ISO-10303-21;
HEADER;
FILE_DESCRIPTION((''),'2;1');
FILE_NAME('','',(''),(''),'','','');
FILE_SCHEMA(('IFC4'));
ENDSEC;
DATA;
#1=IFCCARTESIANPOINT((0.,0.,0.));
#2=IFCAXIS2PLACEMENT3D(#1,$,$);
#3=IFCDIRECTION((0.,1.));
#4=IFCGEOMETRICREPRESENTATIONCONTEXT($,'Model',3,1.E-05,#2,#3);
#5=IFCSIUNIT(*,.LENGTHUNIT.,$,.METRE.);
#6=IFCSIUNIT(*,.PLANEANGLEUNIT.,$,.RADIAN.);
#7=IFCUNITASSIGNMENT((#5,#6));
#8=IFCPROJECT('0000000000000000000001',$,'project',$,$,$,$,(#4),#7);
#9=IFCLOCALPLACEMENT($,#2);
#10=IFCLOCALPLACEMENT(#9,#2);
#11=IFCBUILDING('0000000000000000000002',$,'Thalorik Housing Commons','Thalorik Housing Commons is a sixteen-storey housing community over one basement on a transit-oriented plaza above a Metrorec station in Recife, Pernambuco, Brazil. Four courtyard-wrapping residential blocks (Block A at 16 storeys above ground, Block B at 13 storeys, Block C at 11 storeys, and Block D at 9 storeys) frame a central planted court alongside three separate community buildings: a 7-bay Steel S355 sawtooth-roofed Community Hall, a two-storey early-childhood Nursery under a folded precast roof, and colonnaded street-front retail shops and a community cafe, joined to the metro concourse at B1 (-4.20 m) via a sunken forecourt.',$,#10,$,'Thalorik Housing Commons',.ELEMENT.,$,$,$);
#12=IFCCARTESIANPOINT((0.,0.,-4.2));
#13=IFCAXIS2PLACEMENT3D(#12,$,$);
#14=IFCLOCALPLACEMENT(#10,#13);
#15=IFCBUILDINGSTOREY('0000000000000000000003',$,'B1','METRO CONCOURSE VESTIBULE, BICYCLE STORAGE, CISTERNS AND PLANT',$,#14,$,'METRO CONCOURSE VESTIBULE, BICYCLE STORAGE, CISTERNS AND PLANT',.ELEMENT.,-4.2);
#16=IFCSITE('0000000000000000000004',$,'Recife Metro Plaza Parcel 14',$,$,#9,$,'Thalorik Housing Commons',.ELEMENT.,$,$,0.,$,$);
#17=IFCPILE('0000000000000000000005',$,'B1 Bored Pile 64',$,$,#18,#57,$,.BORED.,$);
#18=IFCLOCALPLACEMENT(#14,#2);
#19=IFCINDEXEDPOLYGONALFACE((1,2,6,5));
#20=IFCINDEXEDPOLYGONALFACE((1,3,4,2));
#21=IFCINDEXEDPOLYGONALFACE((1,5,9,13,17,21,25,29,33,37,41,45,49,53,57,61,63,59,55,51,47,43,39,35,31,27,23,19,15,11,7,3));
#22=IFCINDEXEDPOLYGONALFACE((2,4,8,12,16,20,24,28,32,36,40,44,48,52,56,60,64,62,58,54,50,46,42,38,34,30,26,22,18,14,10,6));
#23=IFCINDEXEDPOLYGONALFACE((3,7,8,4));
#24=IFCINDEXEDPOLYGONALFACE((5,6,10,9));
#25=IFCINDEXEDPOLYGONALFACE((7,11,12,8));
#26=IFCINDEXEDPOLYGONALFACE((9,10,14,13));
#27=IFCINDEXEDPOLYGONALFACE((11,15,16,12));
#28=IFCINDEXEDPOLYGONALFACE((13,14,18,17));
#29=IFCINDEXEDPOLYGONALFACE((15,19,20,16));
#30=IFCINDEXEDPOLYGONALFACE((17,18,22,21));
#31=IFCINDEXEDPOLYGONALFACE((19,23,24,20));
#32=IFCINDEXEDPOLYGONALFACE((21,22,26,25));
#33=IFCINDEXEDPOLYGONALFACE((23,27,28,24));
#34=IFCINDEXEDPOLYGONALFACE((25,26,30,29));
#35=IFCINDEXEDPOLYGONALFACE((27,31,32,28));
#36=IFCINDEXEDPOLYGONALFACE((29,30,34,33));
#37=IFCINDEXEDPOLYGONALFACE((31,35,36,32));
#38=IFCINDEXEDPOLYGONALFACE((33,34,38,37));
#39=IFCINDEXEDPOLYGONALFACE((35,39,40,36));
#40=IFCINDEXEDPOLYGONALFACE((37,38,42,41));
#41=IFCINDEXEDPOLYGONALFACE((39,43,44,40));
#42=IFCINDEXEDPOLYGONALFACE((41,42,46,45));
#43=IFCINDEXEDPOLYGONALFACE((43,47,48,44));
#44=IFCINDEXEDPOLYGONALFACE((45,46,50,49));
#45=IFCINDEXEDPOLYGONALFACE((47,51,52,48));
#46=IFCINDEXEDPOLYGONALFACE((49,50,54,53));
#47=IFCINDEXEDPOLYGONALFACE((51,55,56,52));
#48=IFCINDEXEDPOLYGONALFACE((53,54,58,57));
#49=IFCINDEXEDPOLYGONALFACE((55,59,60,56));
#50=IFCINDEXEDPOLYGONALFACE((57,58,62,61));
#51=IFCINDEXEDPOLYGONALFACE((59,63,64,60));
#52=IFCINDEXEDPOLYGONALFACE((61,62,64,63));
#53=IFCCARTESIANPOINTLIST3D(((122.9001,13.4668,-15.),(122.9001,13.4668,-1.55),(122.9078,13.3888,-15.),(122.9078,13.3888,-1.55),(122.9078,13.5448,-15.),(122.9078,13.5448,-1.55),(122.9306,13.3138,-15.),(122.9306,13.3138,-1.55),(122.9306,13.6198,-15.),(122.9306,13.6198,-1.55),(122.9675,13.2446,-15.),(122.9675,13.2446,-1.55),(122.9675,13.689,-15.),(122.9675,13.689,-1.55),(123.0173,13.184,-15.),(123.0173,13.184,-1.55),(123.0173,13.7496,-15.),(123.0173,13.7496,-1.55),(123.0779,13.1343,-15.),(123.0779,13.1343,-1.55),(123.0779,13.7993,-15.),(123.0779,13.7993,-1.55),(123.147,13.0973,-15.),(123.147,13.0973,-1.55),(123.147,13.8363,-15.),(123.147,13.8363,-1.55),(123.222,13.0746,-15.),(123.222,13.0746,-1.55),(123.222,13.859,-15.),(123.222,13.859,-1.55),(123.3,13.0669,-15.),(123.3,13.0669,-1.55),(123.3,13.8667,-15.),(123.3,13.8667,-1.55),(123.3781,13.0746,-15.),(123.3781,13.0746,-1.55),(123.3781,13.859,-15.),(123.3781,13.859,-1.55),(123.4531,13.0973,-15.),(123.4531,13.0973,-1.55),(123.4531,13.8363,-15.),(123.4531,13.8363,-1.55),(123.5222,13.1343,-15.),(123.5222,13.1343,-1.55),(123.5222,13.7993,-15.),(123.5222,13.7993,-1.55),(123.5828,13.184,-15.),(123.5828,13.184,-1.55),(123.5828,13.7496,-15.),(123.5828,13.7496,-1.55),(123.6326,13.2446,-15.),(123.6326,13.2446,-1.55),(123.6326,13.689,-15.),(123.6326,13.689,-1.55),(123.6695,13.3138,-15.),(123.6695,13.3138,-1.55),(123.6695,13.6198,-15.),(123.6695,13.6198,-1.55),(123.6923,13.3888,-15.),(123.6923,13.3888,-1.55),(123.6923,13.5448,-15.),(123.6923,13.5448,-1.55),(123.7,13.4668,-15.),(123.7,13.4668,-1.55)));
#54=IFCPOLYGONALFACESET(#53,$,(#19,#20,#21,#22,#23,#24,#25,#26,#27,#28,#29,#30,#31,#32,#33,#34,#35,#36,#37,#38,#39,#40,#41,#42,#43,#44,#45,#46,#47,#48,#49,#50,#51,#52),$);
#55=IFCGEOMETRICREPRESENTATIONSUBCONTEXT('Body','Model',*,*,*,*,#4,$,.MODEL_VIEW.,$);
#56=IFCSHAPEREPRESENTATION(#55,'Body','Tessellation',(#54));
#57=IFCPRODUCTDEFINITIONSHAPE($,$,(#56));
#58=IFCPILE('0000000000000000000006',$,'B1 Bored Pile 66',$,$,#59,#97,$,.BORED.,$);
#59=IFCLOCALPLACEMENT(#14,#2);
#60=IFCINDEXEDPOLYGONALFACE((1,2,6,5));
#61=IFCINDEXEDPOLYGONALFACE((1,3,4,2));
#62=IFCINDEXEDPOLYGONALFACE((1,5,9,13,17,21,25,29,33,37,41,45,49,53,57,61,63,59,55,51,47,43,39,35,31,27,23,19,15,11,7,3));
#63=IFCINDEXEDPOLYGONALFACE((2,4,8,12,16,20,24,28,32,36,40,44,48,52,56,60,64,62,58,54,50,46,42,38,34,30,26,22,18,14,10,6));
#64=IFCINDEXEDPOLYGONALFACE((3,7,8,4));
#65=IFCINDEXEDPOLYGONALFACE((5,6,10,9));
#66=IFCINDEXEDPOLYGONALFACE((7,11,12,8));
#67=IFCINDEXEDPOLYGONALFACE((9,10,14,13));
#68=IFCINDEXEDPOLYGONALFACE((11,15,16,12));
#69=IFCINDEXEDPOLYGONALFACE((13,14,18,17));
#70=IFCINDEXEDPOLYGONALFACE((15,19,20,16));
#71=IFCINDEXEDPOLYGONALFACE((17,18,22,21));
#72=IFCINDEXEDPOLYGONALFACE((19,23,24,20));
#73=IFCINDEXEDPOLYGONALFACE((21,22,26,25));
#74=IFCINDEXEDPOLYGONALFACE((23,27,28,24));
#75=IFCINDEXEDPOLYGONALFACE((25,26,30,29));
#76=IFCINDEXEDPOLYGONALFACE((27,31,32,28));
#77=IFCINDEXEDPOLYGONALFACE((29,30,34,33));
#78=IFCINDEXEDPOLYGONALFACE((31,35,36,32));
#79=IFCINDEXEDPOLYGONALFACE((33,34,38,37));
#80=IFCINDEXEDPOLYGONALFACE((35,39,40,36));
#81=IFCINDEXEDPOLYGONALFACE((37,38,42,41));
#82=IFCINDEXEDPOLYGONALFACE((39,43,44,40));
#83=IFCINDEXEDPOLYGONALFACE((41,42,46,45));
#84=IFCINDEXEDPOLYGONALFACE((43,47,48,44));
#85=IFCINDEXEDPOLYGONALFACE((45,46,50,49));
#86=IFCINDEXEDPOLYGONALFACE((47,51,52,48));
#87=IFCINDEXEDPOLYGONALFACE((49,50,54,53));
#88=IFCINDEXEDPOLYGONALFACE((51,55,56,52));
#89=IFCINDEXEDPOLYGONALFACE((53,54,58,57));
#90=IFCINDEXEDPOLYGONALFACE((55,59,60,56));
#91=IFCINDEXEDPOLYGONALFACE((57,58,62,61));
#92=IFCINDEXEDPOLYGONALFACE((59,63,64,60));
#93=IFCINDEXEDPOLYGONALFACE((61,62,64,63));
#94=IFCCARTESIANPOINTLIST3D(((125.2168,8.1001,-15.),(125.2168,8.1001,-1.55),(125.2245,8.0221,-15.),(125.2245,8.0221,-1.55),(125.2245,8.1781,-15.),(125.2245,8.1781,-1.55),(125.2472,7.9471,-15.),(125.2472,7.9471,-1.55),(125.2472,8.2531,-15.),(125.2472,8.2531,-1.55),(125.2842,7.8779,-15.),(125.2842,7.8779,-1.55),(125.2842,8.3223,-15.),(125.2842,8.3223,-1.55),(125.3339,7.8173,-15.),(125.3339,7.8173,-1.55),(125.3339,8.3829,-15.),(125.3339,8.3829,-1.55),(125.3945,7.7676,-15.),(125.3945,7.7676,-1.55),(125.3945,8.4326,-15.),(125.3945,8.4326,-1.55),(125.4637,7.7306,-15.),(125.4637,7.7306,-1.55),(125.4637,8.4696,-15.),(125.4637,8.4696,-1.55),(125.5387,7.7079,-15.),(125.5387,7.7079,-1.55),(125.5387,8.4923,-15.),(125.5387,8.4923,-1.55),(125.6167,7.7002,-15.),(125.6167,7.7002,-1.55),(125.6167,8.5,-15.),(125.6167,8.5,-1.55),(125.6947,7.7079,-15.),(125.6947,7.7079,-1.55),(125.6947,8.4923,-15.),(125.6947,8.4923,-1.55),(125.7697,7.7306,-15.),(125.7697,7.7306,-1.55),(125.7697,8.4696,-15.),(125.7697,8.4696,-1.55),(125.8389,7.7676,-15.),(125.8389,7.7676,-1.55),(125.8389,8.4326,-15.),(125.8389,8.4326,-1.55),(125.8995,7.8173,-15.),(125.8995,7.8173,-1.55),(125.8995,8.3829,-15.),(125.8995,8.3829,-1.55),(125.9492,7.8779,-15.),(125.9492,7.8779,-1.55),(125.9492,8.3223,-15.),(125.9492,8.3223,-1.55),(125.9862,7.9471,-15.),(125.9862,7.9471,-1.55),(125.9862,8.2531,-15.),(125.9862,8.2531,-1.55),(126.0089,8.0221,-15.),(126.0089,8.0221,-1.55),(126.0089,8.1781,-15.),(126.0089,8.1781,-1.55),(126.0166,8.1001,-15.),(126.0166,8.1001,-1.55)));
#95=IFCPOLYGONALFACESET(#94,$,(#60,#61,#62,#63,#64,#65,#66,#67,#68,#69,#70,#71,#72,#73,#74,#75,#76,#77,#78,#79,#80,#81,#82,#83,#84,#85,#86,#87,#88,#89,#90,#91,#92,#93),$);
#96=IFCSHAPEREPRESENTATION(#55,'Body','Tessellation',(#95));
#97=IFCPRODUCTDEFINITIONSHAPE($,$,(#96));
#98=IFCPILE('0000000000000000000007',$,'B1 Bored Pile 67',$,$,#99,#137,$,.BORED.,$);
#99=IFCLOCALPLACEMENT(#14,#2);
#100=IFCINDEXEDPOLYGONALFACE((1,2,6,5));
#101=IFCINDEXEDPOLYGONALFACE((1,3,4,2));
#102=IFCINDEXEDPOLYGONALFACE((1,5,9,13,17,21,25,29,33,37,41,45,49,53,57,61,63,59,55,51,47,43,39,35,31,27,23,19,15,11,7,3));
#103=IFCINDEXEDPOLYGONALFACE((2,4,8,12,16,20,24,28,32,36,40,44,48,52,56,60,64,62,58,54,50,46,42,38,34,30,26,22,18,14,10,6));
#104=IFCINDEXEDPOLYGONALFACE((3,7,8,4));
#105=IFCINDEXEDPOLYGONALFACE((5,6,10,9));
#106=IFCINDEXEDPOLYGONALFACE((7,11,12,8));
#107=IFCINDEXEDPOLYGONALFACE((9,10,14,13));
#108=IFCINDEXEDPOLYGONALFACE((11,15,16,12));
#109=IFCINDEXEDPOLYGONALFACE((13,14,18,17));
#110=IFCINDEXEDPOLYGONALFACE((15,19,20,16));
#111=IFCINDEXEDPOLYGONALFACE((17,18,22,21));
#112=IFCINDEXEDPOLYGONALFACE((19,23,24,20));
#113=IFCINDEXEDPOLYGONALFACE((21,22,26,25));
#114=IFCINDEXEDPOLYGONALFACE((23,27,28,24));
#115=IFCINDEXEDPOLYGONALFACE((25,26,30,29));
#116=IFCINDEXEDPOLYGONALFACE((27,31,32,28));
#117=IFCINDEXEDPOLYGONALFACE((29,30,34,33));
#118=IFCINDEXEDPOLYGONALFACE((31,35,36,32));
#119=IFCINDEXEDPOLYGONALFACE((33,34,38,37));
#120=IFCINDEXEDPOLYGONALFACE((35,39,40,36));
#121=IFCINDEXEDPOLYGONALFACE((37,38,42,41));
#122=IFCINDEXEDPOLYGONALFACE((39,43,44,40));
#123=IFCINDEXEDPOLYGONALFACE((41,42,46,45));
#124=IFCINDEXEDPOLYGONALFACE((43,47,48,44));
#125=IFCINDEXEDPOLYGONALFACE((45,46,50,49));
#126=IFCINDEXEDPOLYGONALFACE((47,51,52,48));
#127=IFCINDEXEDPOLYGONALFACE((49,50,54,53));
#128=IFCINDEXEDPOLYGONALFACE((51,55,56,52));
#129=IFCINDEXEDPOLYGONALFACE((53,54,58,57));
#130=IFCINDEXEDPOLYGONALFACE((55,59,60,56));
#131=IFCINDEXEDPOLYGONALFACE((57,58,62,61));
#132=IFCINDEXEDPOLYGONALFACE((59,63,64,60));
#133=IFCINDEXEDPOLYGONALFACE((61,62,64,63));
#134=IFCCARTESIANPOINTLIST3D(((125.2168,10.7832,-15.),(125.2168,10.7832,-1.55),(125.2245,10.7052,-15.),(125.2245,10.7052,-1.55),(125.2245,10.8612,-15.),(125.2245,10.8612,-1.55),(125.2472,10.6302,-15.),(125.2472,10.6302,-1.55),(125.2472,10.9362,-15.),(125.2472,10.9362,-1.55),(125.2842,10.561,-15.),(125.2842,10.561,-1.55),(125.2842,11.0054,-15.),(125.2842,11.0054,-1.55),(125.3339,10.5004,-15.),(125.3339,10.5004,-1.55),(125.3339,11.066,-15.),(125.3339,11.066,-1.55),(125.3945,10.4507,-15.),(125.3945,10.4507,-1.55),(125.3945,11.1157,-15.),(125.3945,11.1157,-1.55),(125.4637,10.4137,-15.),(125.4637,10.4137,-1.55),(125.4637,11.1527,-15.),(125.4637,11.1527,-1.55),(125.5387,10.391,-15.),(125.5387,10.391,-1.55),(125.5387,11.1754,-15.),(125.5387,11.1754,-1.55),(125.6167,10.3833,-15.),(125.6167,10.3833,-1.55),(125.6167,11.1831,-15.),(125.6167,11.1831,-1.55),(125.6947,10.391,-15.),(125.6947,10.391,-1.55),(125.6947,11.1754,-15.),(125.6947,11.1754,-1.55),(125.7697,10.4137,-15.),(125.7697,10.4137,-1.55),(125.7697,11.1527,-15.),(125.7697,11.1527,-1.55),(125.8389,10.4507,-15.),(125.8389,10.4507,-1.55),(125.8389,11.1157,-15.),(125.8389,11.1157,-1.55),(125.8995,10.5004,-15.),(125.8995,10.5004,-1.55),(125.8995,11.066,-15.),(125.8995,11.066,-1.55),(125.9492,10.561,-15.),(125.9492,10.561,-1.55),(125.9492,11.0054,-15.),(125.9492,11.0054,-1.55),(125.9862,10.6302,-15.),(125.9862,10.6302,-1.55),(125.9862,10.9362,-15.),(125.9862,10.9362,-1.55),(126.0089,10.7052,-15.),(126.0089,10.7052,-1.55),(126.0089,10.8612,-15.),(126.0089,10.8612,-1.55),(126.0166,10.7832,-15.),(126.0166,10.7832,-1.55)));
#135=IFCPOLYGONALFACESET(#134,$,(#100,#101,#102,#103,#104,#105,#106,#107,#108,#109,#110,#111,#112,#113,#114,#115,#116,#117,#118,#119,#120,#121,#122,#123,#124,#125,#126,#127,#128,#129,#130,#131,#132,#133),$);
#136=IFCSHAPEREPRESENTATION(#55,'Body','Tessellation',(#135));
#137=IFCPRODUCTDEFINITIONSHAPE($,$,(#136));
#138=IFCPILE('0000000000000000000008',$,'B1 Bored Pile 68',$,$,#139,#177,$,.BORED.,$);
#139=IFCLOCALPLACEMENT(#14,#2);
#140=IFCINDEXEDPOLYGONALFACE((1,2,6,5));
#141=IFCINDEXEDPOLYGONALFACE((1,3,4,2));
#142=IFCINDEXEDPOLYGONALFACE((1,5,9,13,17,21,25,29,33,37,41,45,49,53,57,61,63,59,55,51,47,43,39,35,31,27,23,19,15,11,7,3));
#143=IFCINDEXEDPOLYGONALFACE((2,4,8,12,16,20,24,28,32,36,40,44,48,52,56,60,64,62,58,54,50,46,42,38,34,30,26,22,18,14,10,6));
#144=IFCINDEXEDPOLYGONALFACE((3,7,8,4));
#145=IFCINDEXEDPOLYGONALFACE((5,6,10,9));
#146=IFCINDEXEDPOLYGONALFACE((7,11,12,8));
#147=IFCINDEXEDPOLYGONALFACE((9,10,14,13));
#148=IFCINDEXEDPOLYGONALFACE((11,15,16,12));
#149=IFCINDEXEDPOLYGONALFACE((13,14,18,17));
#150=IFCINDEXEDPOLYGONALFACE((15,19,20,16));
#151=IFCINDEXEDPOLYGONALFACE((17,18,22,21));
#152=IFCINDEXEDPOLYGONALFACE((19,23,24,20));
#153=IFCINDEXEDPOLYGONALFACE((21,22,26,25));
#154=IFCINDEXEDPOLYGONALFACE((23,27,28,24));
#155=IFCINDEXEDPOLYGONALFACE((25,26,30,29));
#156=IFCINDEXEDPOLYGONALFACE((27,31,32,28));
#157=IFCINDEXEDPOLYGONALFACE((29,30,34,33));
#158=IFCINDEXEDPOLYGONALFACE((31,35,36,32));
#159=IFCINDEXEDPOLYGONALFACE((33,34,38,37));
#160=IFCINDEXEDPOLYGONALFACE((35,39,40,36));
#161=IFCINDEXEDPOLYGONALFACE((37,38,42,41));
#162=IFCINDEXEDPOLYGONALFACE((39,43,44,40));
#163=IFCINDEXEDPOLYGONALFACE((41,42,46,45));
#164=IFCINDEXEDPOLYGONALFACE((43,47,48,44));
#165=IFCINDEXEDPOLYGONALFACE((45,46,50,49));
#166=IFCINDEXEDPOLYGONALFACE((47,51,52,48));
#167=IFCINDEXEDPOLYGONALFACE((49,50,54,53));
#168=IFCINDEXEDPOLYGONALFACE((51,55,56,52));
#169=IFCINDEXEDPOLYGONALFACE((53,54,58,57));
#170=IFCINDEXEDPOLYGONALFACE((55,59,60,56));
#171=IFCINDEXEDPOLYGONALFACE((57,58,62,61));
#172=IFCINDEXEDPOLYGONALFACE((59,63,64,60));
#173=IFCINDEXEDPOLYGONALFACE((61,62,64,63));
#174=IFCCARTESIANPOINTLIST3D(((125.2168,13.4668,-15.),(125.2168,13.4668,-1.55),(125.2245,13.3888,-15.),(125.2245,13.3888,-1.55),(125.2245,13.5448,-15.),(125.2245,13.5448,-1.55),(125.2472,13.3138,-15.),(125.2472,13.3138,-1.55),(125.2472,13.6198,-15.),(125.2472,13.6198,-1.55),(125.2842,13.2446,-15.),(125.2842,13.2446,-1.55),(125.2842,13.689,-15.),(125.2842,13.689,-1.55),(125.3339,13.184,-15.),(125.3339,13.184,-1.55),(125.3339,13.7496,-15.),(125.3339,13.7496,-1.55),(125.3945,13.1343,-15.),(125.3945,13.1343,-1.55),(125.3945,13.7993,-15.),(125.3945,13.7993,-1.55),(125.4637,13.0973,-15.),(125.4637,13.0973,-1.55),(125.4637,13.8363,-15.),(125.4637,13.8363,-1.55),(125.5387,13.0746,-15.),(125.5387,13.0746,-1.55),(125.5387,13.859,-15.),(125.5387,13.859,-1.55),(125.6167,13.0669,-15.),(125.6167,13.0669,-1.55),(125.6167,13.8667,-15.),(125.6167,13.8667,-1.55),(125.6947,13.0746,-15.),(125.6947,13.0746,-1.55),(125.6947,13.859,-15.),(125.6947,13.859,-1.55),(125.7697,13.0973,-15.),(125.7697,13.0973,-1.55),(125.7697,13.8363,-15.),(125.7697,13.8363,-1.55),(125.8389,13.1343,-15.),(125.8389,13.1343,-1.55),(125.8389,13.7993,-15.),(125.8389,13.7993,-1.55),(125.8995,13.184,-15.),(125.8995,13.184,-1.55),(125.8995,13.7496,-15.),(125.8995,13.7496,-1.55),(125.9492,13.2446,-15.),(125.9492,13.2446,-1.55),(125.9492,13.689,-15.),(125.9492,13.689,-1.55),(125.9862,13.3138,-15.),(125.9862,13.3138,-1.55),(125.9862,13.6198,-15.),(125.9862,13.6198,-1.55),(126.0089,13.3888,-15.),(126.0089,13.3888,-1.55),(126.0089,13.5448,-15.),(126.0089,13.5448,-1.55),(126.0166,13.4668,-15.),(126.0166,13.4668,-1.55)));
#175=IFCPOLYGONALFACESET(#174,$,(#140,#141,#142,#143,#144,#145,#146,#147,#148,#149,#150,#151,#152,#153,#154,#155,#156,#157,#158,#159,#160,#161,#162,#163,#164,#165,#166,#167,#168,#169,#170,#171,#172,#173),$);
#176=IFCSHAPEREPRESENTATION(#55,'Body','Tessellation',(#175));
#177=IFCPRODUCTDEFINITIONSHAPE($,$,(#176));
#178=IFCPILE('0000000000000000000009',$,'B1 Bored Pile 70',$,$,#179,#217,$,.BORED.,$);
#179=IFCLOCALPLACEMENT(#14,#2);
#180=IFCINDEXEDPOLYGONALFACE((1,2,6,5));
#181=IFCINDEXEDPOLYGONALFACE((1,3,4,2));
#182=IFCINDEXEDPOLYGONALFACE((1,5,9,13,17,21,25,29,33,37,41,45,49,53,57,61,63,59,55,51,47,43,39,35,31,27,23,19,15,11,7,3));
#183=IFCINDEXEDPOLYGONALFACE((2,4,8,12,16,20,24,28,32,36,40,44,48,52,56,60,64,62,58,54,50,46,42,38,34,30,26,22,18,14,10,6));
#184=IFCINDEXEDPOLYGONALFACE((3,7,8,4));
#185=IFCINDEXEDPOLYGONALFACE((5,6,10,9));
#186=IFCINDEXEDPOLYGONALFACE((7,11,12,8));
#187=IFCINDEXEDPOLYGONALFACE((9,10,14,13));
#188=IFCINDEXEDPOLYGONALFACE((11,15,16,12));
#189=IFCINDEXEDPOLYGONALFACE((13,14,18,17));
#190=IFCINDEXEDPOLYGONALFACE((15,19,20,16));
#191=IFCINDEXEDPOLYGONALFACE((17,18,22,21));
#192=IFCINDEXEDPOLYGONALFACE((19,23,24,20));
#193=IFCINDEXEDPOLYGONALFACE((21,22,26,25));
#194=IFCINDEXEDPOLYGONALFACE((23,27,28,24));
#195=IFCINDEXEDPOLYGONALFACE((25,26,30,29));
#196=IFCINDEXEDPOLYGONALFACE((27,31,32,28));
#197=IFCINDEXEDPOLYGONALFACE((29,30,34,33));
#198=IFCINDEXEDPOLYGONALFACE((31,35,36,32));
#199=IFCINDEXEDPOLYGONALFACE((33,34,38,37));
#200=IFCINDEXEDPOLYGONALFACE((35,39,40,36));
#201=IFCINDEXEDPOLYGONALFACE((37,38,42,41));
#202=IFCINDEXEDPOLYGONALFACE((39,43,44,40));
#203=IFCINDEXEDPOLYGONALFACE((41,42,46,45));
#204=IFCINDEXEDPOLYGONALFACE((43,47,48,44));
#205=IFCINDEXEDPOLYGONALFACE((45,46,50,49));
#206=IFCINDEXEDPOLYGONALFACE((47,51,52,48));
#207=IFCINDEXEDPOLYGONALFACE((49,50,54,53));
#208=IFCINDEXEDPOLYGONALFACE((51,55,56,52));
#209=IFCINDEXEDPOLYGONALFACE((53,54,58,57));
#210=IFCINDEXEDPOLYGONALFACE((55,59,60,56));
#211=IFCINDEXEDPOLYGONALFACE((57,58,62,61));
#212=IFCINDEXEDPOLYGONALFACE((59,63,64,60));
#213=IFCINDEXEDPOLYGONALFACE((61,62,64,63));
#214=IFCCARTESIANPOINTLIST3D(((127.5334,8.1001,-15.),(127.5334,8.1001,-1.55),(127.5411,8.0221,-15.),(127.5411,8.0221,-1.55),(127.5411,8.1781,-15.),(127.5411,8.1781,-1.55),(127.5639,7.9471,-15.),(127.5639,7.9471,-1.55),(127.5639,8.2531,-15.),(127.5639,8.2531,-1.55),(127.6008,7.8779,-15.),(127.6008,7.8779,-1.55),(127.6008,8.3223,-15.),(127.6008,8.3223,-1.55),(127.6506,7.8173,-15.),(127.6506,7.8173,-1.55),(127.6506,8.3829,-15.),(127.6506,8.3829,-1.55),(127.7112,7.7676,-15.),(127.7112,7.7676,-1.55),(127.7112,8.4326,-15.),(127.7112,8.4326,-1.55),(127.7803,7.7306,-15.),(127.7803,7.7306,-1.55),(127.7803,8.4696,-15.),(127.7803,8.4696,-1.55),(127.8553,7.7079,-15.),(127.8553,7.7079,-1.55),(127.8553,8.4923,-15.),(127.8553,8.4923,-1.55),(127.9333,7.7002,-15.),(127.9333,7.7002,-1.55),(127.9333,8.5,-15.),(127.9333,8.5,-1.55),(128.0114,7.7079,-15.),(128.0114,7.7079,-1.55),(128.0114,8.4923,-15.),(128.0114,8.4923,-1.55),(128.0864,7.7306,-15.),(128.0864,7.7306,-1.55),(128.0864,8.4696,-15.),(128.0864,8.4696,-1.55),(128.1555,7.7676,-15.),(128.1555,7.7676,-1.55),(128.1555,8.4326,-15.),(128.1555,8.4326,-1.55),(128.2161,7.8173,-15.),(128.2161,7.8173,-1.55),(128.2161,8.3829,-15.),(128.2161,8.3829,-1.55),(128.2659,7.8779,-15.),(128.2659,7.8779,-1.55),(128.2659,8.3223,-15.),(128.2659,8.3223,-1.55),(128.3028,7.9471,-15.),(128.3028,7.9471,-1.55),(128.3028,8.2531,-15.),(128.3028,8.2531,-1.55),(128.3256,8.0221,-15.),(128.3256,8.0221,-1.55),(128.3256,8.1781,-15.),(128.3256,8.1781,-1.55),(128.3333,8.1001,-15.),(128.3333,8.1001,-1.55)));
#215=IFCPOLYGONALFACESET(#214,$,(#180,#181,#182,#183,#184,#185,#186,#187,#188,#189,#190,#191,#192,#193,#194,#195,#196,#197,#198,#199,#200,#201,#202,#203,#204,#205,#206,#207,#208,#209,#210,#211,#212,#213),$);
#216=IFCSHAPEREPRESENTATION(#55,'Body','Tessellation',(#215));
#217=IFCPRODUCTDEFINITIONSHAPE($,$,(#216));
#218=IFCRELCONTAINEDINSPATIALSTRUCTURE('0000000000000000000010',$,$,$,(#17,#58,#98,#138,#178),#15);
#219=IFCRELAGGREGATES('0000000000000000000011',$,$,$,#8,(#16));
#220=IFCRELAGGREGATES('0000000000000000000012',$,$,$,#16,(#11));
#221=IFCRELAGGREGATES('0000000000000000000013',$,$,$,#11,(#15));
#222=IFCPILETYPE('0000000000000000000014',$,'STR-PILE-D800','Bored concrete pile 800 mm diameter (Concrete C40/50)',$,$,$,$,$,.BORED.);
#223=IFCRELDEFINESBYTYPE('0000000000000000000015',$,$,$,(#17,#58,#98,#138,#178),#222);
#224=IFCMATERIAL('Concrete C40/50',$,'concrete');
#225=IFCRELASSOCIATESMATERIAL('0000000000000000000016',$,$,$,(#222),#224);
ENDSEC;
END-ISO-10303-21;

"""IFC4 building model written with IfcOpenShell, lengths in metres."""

from ifc_helpers import new_model, si_unit, direction, frame, origin, origin_2d, place, context, subcontext, project, spatial, circle, extrude, material, material_profile, profile_set, type_object, element, save


model = new_model("IFC4")

# Units and contexts
model_context = context("Model", 3, precision=1e-05, world=origin(), true_north=direction((0.0, 1.0)))
body_context = subcontext(model_context, "Body", "Model", "MODEL_VIEW")
ifc_project = project(units=[si_unit("LENGTHUNIT", "METRE"), si_unit("PLANEANGLEUNIT", "RADIAN")], contexts=[model_context])

# Site, building, storey
site_placement = place(None, origin())
site = spatial("IfcSite", under=ifc_project, at=site_placement, Name="Recife Metro Plaza Parcel 14", LongName="Thalorik Housing Commons", CompositionType="ELEMENT", RefElevation=0.0)
building_placement = place(site_placement, origin())
building = spatial("IfcBuilding", under=site, at=building_placement, Name="Thalorik Housing Commons", Description="Thalorik Housing Commons is a sixteen-storey housing community over one basement on a transit-oriented plaza above a Metrorec station in Recife, Pernambuco, Brazil. Four courtyard-wrapping residential blocks (Block A at 16 storeys above ground, Block B at 13 storeys, Block C at 11 storeys, and Block D at 9 storeys) frame a central planted court alongside three separate community buildings: a 7-bay Steel S355 sawtooth-roofed Community Hall, a two-storey early-childhood Nursery under a folded precast roof, and colonnaded street-front retail shops and a community cafe, joined to the metro concourse at B1 (-4.20 m) via a sunken forecourt.", LongName="Thalorik Housing Commons", CompositionType="ELEMENT")
storey_placement = place(building_placement, frame((0.0, 0.0, -4.2)))
storey = spatial("IfcBuildingStorey", under=building, at=storey_placement, Name="B1", Description="METRO CONCOURSE VESTIBULE, BICYCLE STORAGE, CISTERNS AND PLANT", LongName="METRO CONCOURSE VESTIBULE, BICYCLE STORAGE, CISTERNS AND PLANT", CompositionType="ELEMENT", Elevation=-4.2)

# Shared definitions
ifc_material_1 = material(Name="Concrete C40/50", Category="concrete")

# Piles
ifc_material_profile_1 = material_profile(ifc_material_1, circle(Radius=0.3999, at=origin_2d()), Name="BORED PILE D800", Category="concrete")
ifc_profile_set_1 = profile_set([ifc_material_profile_1], Name="Concrete C40/50")
pile_type_1 = type_object("IfcPileType", Name="STR-PILE-D800", Description="Bored concrete pile 800 mm diameter (Concrete C40/50)", PredefinedType="BORED", material=ifc_profile_set_1)
for number, where, z_axis, x_axis, name in (
    (1, (123.3, 13.4668, -1.55), (0.0, 0.0, -1.0), (1.0, 0.0, 0.0), "B1 Bored Pile 64"),
    (2, (125.6167, 8.1001, -1.55), (0.0, 0.0, -1.0), (1.0, 0.0, 0.0), "B1 Bored Pile 66"),
    (3, (125.6167, 10.7832, -1.55), (0.0, 0.0, -1.0), (1.0, 0.0, 0.0), "B1 Bored Pile 67"),
    (4, (125.6167, 13.4668, -1.55), (0.0, 0.0, -1.0), (1.0, 0.0, 0.0), "B1 Bored Pile 68"),
    (5, (127.9333, 8.1001, -1.55), (0.0, 0.0, -1.0), (1.0, 0.0, 0.0), "B1 Bored Pile 70"),
):
    element("IfcPile", number, at=place(storey_placement, frame(where, z_axis=z_axis, x_axis=x_axis)), inside=storey, type_object=pile_type_1, Name=name, PredefinedType="BORED", context=body_context, shape_type="SweptSolid", body=[
        extrude(circle(Radius=0.3999, at=origin_2d()), origin(), (0.0, 0.0, 1.0), 13.45),
    ])

save(model, "model.ifc")
